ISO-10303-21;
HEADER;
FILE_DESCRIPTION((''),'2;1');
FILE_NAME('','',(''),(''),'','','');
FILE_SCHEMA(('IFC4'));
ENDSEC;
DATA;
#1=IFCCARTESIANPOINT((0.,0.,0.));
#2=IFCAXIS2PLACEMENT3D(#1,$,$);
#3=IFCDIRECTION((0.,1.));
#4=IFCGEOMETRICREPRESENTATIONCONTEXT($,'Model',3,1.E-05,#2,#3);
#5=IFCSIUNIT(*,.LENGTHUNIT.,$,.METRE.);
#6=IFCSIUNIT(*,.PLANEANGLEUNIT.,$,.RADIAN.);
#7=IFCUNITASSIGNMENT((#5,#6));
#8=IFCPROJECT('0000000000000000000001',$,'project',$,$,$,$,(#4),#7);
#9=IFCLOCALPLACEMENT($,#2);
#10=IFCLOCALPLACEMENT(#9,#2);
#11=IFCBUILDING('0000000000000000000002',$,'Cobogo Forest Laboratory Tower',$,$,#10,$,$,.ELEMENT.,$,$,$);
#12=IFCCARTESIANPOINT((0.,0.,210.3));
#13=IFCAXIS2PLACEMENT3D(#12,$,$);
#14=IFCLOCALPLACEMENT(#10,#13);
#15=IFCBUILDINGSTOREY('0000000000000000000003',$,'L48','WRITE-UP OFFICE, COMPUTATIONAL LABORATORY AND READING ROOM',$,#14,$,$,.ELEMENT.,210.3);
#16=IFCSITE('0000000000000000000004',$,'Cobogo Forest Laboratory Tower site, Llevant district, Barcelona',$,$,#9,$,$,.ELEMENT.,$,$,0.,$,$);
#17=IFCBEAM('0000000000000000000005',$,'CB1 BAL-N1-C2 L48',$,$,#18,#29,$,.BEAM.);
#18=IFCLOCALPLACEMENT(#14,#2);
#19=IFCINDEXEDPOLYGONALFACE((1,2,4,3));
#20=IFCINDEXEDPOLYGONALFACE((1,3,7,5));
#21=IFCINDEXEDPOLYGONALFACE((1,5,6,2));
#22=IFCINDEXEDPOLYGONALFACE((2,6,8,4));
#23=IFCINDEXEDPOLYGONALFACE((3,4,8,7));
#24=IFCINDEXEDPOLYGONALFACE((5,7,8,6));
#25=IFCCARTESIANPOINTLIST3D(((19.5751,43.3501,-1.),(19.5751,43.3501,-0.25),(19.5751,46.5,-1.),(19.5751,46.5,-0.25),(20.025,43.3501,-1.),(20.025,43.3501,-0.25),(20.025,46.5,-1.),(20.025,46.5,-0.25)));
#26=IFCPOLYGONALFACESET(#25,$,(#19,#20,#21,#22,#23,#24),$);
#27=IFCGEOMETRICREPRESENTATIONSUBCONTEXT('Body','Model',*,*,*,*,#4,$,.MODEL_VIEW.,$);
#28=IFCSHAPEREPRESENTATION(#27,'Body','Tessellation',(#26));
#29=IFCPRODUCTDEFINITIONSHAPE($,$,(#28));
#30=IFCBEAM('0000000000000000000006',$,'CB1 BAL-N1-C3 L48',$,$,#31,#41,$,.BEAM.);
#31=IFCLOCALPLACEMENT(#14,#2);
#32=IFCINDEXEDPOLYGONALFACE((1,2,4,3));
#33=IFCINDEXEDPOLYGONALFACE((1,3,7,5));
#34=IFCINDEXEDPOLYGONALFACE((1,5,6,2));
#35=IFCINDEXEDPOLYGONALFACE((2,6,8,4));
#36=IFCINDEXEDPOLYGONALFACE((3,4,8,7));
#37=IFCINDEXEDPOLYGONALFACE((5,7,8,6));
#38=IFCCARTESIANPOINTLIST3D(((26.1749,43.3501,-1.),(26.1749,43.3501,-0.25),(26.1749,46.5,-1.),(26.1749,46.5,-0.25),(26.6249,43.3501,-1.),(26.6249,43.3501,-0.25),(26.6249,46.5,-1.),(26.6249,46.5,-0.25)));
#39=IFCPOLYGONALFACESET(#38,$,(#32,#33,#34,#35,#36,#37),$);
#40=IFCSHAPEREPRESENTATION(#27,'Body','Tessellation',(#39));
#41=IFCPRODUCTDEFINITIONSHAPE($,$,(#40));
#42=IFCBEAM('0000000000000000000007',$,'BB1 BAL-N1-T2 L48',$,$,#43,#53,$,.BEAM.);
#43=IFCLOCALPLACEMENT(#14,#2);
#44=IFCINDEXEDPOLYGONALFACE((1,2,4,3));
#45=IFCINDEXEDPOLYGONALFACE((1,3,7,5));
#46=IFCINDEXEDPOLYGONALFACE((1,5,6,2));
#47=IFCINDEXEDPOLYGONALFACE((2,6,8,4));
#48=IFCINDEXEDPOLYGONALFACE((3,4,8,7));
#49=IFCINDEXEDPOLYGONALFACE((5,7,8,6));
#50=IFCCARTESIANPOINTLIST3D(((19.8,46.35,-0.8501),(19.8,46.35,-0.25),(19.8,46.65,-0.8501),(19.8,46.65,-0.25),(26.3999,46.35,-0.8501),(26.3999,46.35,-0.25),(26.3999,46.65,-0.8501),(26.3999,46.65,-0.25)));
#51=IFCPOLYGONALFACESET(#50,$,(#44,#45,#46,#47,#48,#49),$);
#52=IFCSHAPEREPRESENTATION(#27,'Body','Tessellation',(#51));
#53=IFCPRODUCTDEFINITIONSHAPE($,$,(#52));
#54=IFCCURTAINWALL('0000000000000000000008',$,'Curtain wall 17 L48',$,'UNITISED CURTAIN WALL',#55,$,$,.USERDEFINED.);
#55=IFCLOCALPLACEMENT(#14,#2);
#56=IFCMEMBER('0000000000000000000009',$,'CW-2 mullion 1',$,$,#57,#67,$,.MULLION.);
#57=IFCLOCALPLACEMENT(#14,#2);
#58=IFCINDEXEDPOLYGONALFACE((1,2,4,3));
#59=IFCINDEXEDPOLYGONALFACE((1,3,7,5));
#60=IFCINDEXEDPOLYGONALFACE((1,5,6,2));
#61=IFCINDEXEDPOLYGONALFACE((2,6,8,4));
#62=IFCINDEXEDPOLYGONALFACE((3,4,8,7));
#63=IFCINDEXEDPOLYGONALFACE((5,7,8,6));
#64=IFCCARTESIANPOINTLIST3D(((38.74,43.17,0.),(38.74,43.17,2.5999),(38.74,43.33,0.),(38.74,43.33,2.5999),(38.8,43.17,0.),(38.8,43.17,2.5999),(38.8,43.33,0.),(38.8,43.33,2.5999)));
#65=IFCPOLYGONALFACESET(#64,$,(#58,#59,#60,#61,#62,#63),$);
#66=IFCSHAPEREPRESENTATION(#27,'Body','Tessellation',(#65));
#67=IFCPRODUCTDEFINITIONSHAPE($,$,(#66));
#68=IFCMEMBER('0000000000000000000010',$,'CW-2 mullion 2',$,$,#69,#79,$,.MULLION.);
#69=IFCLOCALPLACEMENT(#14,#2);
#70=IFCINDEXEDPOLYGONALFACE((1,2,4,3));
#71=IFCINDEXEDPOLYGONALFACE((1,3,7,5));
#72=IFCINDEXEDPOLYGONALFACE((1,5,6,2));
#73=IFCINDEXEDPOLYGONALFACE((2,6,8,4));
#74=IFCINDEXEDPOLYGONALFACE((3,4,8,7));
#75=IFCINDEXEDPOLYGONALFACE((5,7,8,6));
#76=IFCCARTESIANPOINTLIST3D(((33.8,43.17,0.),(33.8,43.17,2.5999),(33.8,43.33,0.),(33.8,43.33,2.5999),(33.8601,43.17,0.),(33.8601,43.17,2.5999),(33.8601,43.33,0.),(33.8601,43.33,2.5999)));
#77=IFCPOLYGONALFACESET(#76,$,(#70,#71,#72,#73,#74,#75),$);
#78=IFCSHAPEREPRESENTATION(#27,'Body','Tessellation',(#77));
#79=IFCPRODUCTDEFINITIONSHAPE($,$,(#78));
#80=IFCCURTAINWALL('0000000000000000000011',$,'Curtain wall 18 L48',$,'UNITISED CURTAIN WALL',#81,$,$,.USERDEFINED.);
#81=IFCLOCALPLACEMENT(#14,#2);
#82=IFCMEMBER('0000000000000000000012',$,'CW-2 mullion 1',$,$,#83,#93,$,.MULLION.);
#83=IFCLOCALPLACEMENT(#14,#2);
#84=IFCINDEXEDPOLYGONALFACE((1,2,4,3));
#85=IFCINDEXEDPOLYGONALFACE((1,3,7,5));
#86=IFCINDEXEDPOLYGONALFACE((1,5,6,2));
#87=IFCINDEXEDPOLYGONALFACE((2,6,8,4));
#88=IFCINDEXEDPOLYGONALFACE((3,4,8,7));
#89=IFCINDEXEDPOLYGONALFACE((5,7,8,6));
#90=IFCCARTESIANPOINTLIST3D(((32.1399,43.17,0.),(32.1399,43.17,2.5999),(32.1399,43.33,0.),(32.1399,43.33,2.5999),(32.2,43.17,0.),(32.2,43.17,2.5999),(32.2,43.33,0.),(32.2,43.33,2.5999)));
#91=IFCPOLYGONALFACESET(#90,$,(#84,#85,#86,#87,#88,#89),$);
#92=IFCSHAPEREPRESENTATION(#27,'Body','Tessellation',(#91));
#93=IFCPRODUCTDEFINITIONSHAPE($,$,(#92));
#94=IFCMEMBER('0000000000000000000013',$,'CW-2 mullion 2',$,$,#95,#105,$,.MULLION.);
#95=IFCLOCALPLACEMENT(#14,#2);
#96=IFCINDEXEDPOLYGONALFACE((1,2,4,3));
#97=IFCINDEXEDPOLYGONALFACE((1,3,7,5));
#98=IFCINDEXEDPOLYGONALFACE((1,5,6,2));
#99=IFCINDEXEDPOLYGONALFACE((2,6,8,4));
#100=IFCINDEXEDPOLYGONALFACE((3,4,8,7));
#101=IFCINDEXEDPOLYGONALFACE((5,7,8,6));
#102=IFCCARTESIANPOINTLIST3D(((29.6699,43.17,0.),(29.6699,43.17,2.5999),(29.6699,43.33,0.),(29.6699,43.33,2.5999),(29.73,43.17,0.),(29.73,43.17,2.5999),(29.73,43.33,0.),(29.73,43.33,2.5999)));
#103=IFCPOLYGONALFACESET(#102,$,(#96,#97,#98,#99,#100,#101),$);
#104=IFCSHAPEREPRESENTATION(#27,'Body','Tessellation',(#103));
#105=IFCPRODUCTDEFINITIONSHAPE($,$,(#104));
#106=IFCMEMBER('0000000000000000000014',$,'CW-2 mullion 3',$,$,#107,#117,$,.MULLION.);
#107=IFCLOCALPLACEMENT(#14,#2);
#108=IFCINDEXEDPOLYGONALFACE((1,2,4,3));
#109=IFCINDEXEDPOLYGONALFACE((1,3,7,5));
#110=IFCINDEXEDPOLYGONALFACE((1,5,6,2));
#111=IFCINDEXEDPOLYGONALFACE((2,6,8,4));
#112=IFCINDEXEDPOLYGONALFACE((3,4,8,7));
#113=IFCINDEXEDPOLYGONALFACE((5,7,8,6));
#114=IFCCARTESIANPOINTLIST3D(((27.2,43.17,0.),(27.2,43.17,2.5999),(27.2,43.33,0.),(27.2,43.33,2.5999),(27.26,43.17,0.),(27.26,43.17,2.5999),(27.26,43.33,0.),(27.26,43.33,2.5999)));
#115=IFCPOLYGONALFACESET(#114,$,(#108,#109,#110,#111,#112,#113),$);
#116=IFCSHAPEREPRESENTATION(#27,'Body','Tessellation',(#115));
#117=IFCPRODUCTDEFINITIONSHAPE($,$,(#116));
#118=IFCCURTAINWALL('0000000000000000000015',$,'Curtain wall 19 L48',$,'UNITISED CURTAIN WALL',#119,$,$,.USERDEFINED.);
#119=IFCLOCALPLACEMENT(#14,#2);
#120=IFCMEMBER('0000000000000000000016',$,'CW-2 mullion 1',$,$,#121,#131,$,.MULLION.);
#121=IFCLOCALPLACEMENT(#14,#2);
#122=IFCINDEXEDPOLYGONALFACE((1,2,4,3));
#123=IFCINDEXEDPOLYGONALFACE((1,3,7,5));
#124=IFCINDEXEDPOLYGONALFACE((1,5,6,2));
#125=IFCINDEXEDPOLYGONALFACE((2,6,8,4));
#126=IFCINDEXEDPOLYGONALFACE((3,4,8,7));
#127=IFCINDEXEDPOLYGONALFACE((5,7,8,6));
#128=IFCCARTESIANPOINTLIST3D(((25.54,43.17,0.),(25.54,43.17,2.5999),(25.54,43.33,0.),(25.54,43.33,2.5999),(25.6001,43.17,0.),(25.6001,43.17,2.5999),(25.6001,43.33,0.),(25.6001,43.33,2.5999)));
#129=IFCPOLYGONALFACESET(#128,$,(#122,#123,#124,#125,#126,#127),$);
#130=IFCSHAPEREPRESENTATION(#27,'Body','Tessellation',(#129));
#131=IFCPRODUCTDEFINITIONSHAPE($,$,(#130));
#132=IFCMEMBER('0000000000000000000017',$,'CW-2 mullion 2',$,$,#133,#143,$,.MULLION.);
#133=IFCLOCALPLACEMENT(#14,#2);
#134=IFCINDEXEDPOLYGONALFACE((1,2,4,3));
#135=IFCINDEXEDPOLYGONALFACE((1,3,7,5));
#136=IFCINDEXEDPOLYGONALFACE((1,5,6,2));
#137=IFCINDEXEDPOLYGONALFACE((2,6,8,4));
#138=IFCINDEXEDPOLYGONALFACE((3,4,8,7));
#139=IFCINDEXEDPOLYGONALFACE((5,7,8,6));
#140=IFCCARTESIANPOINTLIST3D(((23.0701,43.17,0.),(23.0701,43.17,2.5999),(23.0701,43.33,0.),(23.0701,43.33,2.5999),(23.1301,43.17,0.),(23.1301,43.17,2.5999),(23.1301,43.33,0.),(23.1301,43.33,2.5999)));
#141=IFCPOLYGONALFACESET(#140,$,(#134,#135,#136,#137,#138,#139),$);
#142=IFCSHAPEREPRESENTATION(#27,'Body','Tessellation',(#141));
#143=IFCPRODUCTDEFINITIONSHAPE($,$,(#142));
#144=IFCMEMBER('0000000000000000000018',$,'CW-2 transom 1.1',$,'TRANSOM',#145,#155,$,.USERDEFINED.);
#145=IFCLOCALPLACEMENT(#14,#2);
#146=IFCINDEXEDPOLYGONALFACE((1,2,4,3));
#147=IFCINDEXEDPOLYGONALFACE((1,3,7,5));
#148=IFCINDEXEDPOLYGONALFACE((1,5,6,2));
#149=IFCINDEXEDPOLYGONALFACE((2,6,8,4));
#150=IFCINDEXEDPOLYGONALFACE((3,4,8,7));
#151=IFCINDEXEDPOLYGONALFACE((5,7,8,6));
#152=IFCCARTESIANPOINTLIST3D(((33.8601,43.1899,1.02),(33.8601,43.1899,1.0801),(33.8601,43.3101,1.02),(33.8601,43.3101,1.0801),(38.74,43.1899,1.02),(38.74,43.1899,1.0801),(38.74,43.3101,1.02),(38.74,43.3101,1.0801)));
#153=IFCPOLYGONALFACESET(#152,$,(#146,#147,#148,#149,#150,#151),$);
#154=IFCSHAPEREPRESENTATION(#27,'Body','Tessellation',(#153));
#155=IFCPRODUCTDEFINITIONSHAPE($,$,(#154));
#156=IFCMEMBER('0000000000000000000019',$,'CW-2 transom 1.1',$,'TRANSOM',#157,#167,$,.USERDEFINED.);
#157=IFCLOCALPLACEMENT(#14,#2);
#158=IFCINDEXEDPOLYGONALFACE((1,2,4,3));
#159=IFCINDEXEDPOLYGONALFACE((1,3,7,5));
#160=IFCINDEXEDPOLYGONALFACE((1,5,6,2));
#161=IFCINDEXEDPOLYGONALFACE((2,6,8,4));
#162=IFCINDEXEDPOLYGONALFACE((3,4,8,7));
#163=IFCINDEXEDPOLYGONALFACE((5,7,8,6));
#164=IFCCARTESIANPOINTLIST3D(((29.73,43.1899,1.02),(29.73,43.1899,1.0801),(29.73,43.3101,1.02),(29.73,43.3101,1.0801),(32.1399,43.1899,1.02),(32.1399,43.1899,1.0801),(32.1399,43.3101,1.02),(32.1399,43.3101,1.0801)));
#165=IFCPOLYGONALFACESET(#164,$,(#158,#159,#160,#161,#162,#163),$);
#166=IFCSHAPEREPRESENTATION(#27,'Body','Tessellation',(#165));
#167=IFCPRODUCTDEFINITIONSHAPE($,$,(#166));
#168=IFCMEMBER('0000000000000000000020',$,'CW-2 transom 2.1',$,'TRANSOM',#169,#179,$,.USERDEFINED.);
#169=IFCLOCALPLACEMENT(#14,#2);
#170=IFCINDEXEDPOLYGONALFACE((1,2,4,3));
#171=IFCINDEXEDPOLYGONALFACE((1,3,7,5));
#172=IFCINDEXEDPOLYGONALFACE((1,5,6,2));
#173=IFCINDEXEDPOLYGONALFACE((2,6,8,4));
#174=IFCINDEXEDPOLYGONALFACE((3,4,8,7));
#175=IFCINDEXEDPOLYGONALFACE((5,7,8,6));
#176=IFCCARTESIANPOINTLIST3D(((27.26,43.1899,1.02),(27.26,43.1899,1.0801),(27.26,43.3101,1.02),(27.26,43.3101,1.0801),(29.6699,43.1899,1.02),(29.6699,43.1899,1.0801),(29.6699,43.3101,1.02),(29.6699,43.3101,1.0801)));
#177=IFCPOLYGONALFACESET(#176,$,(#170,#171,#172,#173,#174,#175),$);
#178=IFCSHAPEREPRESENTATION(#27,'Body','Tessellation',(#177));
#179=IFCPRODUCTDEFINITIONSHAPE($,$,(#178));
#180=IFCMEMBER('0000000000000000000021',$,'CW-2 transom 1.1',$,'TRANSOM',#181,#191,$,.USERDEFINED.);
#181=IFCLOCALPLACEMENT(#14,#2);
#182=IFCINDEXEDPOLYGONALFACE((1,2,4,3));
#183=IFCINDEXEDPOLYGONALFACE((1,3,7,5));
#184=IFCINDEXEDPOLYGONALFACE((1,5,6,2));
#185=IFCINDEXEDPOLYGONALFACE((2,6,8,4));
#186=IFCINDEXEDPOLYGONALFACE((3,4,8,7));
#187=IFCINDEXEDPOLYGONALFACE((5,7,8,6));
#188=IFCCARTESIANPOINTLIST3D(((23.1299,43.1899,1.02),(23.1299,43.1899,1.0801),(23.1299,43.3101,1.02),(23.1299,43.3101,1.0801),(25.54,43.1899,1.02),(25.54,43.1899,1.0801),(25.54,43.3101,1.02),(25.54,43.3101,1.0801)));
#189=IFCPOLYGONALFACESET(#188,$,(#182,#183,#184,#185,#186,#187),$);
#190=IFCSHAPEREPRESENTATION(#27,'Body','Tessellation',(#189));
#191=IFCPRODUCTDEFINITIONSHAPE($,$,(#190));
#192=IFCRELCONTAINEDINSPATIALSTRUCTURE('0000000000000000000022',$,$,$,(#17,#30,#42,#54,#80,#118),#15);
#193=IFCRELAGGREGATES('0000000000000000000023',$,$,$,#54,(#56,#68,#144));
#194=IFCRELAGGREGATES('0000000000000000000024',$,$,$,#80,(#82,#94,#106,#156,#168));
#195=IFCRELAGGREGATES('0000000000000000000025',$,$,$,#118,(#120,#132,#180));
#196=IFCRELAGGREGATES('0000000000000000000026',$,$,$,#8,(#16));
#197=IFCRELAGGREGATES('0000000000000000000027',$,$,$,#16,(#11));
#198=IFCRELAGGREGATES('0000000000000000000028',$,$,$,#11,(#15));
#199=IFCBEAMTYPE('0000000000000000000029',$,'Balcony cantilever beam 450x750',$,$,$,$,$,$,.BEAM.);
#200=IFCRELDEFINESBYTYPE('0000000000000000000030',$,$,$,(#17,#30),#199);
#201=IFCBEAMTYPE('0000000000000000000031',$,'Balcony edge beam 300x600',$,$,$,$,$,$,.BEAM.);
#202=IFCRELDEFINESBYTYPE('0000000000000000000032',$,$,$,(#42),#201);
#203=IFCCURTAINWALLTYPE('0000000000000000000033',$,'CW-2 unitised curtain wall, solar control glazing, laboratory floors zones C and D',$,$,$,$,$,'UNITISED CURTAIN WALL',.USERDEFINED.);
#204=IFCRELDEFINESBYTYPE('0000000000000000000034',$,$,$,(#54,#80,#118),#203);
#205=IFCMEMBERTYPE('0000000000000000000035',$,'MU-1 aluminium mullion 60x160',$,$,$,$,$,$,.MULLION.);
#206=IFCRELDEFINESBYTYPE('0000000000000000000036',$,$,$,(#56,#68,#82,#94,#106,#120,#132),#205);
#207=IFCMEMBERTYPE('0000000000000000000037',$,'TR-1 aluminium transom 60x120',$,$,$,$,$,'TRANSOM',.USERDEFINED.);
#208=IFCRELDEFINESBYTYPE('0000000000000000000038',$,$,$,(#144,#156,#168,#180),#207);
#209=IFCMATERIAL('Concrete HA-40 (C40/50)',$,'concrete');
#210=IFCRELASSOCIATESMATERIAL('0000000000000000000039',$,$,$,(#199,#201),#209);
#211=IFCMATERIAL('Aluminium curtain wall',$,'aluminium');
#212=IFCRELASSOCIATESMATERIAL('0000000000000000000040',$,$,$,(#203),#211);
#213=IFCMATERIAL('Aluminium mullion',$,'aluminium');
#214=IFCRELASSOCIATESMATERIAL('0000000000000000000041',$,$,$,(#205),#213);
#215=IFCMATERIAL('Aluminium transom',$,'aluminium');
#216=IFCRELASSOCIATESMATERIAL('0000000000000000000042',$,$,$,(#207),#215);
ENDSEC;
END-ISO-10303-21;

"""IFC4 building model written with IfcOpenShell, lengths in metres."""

from ifc_helpers import new_model, si_unit, direction, frame, origin, origin_2d, place, context, subcontext, project, spatial, rectangle, extrude, material, material_profile, profile_set, type_object, element, aggregate, save


model = new_model("IFC4")

# Units and contexts
model_context = context("Model", 3, precision=1e-05, world=origin(), true_north=direction((0.0, 1.0)))
body_context = subcontext(model_context, "Body", "Model", "MODEL_VIEW")
ifc_project = project(units=[si_unit("LENGTHUNIT", "METRE"), si_unit("PLANEANGLEUNIT", "RADIAN")], contexts=[model_context])

# Site, building, storey
site_placement = place(None, origin())
site = spatial("IfcSite", under=ifc_project, at=site_placement, Name="Cobogo Forest Laboratory Tower site, Llevant district, Barcelona", CompositionType="ELEMENT", RefElevation=0.0)
building_placement = place(site_placement, origin())
building = spatial("IfcBuilding", under=site, at=building_placement, Name="Cobogo Forest Laboratory Tower", CompositionType="ELEMENT")
storey_placement = place(building_placement, frame((0.0, 0.0, 210.3)))
storey = spatial("IfcBuildingStorey", under=building, at=storey_placement, Name="L48", Description="WRITE-UP OFFICE, COMPUTATIONAL LABORATORY AND READING ROOM", CompositionType="ELEMENT", Elevation=210.3)

# Beams
ifc_material_1 = material(Name="Concrete HA-40 (C40/50)", Category="concrete")
ifc_material_profile_1 = material_profile(ifc_material_1, rectangle(XDim=0.45, YDim=0.75, at=origin_2d()), Name="RC 450x750")
ifc_profile_set_1 = profile_set([ifc_material_profile_1], Name="Concrete HA-40 (C40/50)")
beam_type_1 = type_object("IfcBeamType", Name="Balcony cantilever beam 450x750", PredefinedType="BEAM", material=ifc_profile_set_1)
for number, where, z_axis, x_axis, name in (
    (1, (19.8, 43.3501, -0.625), (0.0, 1.0, 0.0), (-1.0, 0.0, 0.0), "CB1 BAL-N1-C2 L48"),
    (2, (26.3999, 43.3501, -0.625), (0.0, 1.0, 0.0), (-1.0, 0.0, 0.0), "CB1 BAL-N1-C3 L48"),
):
    element("IfcBeam", number, at=place(storey_placement, frame(where, z_axis=z_axis, x_axis=x_axis)), inside=storey, type_object=beam_type_1, Name=name, PredefinedType="BEAM", context=body_context, shape_type="SweptSolid", body=[
        extrude(rectangle(XDim=0.45, YDim=0.75, at=origin_2d()), origin(), (0.0, 0.0, 1.0), 3.1499),
    ])
ifc_material_profile_2 = material_profile(ifc_material_1, rectangle(XDim=0.3, YDim=0.6001, at=origin_2d()), Name="RC 300x600")
ifc_profile_set_2 = profile_set([ifc_material_profile_2], Name="Concrete HA-40 (C40/50)")
beam_type_2 = type_object("IfcBeamType", Name="Balcony edge beam 300x600", PredefinedType="BEAM", material=ifc_profile_set_2)
beam_placement = place(storey_placement, frame((19.8, 46.5, -0.55), z_axis=(1.0, 0.0, 0.0), x_axis=(0.0, 1.0, 0.0)))
element("IfcBeam", 3, at=beam_placement, inside=storey, type_object=beam_type_2, Name="BB1 BAL-N1-T2 L48", PredefinedType="BEAM", context=body_context, shape_type="SweptSolid", body=[
    extrude(rectangle(XDim=0.3, YDim=0.6001, at=origin_2d()), origin(), (0.0, 0.0, 1.0), 6.5999),
])

# Curtain walls, members
ifc_material_2 = material(Name="Aluminium curtain wall", Category="aluminium")
curtain_wall_type = type_object("IfcCurtainWallType", Name="CW-2 unitised curtain wall, solar control glazing, laboratory floors zones C and D", ElementType="UNITISED CURTAIN WALL", PredefinedType="USERDEFINED", material=ifc_material_2)
curtain_wall_1_placement = place(storey_placement, origin())
curtain_wall_1 = element("IfcCurtainWall", 4, at=curtain_wall_1_placement, inside=storey, type_object=curtain_wall_type, Name="Curtain wall 17 L48", ObjectType="UNITISED CURTAIN WALL", PredefinedType="USERDEFINED")
ifc_material_3 = material(Name="Aluminium mullion", Category="aluminium")
ifc_material_profile_3 = material_profile(ifc_material_3, rectangle(XDim=0.0601, YDim=0.1599, at=origin_2d()), Name="AL 60x160")
ifc_profile_set_3 = profile_set([ifc_material_profile_3], Name="Aluminium mullion")
member_type_1 = type_object("IfcMemberType", Name="MU-1 aluminium mullion 60x160", PredefinedType="MULLION", material=ifc_profile_set_3)
member_1_placement = place(storey_placement, frame((38.77, 43.25, 0.0), z_axis=(0.0, 0.0, 1.0), x_axis=(-1.0, 0.0, 0.0)))
member_1 = element("IfcMember", 5, at=member_1_placement, type_object=member_type_1, Name="CW-2 mullion 1", PredefinedType="MULLION", context=body_context, shape_type="SweptSolid", body=[
    extrude(rectangle(XDim=0.0601, YDim=0.1599, at=origin_2d()), origin(), (0.0, 0.0, 1.0), 2.5999),
])
member_2_placement = place(storey_placement, frame((33.8301, 43.25, 0.0), z_axis=(0.0, 0.0, 1.0), x_axis=(-1.0, 0.0, 0.0)))
member_2 = element("IfcMember", 6, at=member_2_placement, type_object=member_type_1, Name="CW-2 mullion 2", PredefinedType="MULLION", context=body_context, shape_type="SweptSolid", body=[
    extrude(rectangle(XDim=0.0601, YDim=0.1599, at=origin_2d()), origin(), (0.0, 0.0, 1.0), 2.5999),
])
curtain_wall_2_placement = place(storey_placement, origin())
curtain_wall_2 = element("IfcCurtainWall", 7, at=curtain_wall_2_placement, inside=storey, type_object=curtain_wall_type, Name="Curtain wall 18 L48", ObjectType="UNITISED CURTAIN WALL", PredefinedType="USERDEFINED")
member_3_placement = place(storey_placement, frame((32.1699, 43.25, 0.0), z_axis=(0.0, 0.0, 1.0), x_axis=(-1.0, 0.0, 0.0)))
member_3 = element("IfcMember", 8, at=member_3_placement, type_object=member_type_1, Name="CW-2 mullion 1", PredefinedType="MULLION", context=body_context, shape_type="SweptSolid", body=[
    extrude(rectangle(XDim=0.0601, YDim=0.1599, at=origin_2d()), origin(), (0.0, 0.0, 1.0), 2.5999),
])
member_4_placement = place(storey_placement, frame((29.7, 43.25, 0.0), z_axis=(0.0, 0.0, 1.0), x_axis=(-1.0, 0.0, 0.0)))
member_4 = element("IfcMember", 9, at=member_4_placement, type_object=member_type_1, Name="CW-2 mullion 2", PredefinedType="MULLION", context=body_context, shape_type="SweptSolid", body=[
    extrude(rectangle(XDim=0.0601, YDim=0.1599, at=origin_2d()), origin(), (0.0, 0.0, 1.0), 2.5999),
])
member_5_placement = place(storey_placement, frame((27.23, 43.25, 0.0), z_axis=(0.0, 0.0, 1.0), x_axis=(-1.0, 0.0, 0.0)))
member_5 = element("IfcMember", 10, at=member_5_placement, type_object=member_type_1, Name="CW-2 mullion 3", PredefinedType="MULLION", context=body_context, shape_type="SweptSolid", body=[
    extrude(rectangle(XDim=0.0601, YDim=0.1599, at=origin_2d()), origin(), (0.0, 0.0, 1.0), 2.5999),
])
curtain_wall_3_placement = place(storey_placement, origin())
curtain_wall_3 = element("IfcCurtainWall", 11, at=curtain_wall_3_placement, inside=storey, type_object=curtain_wall_type, Name="Curtain wall 19 L48", ObjectType="UNITISED CURTAIN WALL", PredefinedType="USERDEFINED")
member_6_placement = place(storey_placement, frame((25.5701, 43.25, 0.0), z_axis=(0.0, 0.0, 1.0), x_axis=(-1.0, 0.0, 0.0)))
member_6 = element("IfcMember", 12, at=member_6_placement, type_object=member_type_1, Name="CW-2 mullion 1", PredefinedType="MULLION", context=body_context, shape_type="SweptSolid", body=[
    extrude(rectangle(XDim=0.0601, YDim=0.1599, at=origin_2d()), origin(), (0.0, 0.0, 1.0), 2.5999),
])
member_7_placement = place(storey_placement, frame((23.1001, 43.25, 0.0), z_axis=(0.0, 0.0, 1.0), x_axis=(-1.0, 0.0, 0.0)))
member_7 = element("IfcMember", 13, at=member_7_placement, type_object=member_type_1, Name="CW-2 mullion 2", PredefinedType="MULLION", context=body_context, shape_type="SweptSolid", body=[
    extrude(rectangle(XDim=0.0601, YDim=0.1599, at=origin_2d()), origin(), (0.0, 0.0, 1.0), 2.5999),
])

# Members
ifc_material_4 = material(Name="Aluminium transom", Category="aluminium")
ifc_material_profile_4 = material_profile(ifc_material_4, rectangle(XDim=0.1201, YDim=0.0601, at=origin_2d()), Name="AL 60x120")
ifc_profile_set_4 = profile_set([ifc_material_profile_4], Name="Aluminium transom")
member_type_2 = type_object("IfcMemberType", Name="TR-1 aluminium transom 60x120", ElementType="TRANSOM", PredefinedType="USERDEFINED", material=ifc_profile_set_4)
member_8_placement = place(storey_placement, frame((38.74, 43.25, 1.05), z_axis=(-1.0, 0.0, 0.0), x_axis=(0.0, -1.0, 0.0)))
member_8 = element("IfcMember", 14, at=member_8_placement, type_object=member_type_2, Name="CW-2 transom 1.1", ObjectType="TRANSOM", PredefinedType="USERDEFINED", context=body_context, shape_type="SweptSolid", body=[
    extrude(rectangle(XDim=0.1201, YDim=0.0601, at=origin_2d()), origin(), (0.0, 0.0, 1.0), 4.8799),
])
member_9_placement = place(storey_placement, frame((32.1399, 43.25, 1.05), z_axis=(-1.0, 0.0, 0.0), x_axis=(0.0, -1.0, 0.0)))
member_9 = element("IfcMember", 15, at=member_9_placement, type_object=member_type_2, Name="CW-2 transom 1.1", ObjectType="TRANSOM", PredefinedType="USERDEFINED", context=body_context, shape_type="SweptSolid", body=[
    extrude(rectangle(XDim=0.1201, YDim=0.0601, at=origin_2d()), origin(), (0.0, 0.0, 1.0), 2.4099),
])
member_10_placement = place(storey_placement, frame((29.6699, 43.25, 1.05), z_axis=(-1.0, 0.0, 0.0), x_axis=(0.0, -1.0, 0.0)))
member_10 = element("IfcMember", 16, at=member_10_placement, type_object=member_type_2, Name="CW-2 transom 2.1", ObjectType="TRANSOM", PredefinedType="USERDEFINED", context=body_context, shape_type="SweptSolid", body=[
    extrude(rectangle(XDim=0.1201, YDim=0.0601, at=origin_2d()), origin(), (0.0, 0.0, 1.0), 2.4099),
])
member_11_placement = place(storey_placement, frame((25.54, 43.25, 1.05), z_axis=(-1.0, 0.0, 0.0), x_axis=(0.0, -1.0, 0.0)))
member_11 = element("IfcMember", 17, at=member_11_placement, type_object=member_type_2, Name="CW-2 transom 1.1", ObjectType="TRANSOM", PredefinedType="USERDEFINED", context=body_context, shape_type="SweptSolid", body=[
    extrude(rectangle(XDim=0.1201, YDim=0.0601, at=origin_2d()), origin(), (0.0, 0.0, 1.0), 2.4102),
])

aggregate(curtain_wall_1, [member_1, member_2, member_8])
aggregate(curtain_wall_2, [member_3, member_4, member_5, member_9, member_10])
aggregate(curtain_wall_3, [member_6, member_7, member_11])

save(model, "model.ifc")
